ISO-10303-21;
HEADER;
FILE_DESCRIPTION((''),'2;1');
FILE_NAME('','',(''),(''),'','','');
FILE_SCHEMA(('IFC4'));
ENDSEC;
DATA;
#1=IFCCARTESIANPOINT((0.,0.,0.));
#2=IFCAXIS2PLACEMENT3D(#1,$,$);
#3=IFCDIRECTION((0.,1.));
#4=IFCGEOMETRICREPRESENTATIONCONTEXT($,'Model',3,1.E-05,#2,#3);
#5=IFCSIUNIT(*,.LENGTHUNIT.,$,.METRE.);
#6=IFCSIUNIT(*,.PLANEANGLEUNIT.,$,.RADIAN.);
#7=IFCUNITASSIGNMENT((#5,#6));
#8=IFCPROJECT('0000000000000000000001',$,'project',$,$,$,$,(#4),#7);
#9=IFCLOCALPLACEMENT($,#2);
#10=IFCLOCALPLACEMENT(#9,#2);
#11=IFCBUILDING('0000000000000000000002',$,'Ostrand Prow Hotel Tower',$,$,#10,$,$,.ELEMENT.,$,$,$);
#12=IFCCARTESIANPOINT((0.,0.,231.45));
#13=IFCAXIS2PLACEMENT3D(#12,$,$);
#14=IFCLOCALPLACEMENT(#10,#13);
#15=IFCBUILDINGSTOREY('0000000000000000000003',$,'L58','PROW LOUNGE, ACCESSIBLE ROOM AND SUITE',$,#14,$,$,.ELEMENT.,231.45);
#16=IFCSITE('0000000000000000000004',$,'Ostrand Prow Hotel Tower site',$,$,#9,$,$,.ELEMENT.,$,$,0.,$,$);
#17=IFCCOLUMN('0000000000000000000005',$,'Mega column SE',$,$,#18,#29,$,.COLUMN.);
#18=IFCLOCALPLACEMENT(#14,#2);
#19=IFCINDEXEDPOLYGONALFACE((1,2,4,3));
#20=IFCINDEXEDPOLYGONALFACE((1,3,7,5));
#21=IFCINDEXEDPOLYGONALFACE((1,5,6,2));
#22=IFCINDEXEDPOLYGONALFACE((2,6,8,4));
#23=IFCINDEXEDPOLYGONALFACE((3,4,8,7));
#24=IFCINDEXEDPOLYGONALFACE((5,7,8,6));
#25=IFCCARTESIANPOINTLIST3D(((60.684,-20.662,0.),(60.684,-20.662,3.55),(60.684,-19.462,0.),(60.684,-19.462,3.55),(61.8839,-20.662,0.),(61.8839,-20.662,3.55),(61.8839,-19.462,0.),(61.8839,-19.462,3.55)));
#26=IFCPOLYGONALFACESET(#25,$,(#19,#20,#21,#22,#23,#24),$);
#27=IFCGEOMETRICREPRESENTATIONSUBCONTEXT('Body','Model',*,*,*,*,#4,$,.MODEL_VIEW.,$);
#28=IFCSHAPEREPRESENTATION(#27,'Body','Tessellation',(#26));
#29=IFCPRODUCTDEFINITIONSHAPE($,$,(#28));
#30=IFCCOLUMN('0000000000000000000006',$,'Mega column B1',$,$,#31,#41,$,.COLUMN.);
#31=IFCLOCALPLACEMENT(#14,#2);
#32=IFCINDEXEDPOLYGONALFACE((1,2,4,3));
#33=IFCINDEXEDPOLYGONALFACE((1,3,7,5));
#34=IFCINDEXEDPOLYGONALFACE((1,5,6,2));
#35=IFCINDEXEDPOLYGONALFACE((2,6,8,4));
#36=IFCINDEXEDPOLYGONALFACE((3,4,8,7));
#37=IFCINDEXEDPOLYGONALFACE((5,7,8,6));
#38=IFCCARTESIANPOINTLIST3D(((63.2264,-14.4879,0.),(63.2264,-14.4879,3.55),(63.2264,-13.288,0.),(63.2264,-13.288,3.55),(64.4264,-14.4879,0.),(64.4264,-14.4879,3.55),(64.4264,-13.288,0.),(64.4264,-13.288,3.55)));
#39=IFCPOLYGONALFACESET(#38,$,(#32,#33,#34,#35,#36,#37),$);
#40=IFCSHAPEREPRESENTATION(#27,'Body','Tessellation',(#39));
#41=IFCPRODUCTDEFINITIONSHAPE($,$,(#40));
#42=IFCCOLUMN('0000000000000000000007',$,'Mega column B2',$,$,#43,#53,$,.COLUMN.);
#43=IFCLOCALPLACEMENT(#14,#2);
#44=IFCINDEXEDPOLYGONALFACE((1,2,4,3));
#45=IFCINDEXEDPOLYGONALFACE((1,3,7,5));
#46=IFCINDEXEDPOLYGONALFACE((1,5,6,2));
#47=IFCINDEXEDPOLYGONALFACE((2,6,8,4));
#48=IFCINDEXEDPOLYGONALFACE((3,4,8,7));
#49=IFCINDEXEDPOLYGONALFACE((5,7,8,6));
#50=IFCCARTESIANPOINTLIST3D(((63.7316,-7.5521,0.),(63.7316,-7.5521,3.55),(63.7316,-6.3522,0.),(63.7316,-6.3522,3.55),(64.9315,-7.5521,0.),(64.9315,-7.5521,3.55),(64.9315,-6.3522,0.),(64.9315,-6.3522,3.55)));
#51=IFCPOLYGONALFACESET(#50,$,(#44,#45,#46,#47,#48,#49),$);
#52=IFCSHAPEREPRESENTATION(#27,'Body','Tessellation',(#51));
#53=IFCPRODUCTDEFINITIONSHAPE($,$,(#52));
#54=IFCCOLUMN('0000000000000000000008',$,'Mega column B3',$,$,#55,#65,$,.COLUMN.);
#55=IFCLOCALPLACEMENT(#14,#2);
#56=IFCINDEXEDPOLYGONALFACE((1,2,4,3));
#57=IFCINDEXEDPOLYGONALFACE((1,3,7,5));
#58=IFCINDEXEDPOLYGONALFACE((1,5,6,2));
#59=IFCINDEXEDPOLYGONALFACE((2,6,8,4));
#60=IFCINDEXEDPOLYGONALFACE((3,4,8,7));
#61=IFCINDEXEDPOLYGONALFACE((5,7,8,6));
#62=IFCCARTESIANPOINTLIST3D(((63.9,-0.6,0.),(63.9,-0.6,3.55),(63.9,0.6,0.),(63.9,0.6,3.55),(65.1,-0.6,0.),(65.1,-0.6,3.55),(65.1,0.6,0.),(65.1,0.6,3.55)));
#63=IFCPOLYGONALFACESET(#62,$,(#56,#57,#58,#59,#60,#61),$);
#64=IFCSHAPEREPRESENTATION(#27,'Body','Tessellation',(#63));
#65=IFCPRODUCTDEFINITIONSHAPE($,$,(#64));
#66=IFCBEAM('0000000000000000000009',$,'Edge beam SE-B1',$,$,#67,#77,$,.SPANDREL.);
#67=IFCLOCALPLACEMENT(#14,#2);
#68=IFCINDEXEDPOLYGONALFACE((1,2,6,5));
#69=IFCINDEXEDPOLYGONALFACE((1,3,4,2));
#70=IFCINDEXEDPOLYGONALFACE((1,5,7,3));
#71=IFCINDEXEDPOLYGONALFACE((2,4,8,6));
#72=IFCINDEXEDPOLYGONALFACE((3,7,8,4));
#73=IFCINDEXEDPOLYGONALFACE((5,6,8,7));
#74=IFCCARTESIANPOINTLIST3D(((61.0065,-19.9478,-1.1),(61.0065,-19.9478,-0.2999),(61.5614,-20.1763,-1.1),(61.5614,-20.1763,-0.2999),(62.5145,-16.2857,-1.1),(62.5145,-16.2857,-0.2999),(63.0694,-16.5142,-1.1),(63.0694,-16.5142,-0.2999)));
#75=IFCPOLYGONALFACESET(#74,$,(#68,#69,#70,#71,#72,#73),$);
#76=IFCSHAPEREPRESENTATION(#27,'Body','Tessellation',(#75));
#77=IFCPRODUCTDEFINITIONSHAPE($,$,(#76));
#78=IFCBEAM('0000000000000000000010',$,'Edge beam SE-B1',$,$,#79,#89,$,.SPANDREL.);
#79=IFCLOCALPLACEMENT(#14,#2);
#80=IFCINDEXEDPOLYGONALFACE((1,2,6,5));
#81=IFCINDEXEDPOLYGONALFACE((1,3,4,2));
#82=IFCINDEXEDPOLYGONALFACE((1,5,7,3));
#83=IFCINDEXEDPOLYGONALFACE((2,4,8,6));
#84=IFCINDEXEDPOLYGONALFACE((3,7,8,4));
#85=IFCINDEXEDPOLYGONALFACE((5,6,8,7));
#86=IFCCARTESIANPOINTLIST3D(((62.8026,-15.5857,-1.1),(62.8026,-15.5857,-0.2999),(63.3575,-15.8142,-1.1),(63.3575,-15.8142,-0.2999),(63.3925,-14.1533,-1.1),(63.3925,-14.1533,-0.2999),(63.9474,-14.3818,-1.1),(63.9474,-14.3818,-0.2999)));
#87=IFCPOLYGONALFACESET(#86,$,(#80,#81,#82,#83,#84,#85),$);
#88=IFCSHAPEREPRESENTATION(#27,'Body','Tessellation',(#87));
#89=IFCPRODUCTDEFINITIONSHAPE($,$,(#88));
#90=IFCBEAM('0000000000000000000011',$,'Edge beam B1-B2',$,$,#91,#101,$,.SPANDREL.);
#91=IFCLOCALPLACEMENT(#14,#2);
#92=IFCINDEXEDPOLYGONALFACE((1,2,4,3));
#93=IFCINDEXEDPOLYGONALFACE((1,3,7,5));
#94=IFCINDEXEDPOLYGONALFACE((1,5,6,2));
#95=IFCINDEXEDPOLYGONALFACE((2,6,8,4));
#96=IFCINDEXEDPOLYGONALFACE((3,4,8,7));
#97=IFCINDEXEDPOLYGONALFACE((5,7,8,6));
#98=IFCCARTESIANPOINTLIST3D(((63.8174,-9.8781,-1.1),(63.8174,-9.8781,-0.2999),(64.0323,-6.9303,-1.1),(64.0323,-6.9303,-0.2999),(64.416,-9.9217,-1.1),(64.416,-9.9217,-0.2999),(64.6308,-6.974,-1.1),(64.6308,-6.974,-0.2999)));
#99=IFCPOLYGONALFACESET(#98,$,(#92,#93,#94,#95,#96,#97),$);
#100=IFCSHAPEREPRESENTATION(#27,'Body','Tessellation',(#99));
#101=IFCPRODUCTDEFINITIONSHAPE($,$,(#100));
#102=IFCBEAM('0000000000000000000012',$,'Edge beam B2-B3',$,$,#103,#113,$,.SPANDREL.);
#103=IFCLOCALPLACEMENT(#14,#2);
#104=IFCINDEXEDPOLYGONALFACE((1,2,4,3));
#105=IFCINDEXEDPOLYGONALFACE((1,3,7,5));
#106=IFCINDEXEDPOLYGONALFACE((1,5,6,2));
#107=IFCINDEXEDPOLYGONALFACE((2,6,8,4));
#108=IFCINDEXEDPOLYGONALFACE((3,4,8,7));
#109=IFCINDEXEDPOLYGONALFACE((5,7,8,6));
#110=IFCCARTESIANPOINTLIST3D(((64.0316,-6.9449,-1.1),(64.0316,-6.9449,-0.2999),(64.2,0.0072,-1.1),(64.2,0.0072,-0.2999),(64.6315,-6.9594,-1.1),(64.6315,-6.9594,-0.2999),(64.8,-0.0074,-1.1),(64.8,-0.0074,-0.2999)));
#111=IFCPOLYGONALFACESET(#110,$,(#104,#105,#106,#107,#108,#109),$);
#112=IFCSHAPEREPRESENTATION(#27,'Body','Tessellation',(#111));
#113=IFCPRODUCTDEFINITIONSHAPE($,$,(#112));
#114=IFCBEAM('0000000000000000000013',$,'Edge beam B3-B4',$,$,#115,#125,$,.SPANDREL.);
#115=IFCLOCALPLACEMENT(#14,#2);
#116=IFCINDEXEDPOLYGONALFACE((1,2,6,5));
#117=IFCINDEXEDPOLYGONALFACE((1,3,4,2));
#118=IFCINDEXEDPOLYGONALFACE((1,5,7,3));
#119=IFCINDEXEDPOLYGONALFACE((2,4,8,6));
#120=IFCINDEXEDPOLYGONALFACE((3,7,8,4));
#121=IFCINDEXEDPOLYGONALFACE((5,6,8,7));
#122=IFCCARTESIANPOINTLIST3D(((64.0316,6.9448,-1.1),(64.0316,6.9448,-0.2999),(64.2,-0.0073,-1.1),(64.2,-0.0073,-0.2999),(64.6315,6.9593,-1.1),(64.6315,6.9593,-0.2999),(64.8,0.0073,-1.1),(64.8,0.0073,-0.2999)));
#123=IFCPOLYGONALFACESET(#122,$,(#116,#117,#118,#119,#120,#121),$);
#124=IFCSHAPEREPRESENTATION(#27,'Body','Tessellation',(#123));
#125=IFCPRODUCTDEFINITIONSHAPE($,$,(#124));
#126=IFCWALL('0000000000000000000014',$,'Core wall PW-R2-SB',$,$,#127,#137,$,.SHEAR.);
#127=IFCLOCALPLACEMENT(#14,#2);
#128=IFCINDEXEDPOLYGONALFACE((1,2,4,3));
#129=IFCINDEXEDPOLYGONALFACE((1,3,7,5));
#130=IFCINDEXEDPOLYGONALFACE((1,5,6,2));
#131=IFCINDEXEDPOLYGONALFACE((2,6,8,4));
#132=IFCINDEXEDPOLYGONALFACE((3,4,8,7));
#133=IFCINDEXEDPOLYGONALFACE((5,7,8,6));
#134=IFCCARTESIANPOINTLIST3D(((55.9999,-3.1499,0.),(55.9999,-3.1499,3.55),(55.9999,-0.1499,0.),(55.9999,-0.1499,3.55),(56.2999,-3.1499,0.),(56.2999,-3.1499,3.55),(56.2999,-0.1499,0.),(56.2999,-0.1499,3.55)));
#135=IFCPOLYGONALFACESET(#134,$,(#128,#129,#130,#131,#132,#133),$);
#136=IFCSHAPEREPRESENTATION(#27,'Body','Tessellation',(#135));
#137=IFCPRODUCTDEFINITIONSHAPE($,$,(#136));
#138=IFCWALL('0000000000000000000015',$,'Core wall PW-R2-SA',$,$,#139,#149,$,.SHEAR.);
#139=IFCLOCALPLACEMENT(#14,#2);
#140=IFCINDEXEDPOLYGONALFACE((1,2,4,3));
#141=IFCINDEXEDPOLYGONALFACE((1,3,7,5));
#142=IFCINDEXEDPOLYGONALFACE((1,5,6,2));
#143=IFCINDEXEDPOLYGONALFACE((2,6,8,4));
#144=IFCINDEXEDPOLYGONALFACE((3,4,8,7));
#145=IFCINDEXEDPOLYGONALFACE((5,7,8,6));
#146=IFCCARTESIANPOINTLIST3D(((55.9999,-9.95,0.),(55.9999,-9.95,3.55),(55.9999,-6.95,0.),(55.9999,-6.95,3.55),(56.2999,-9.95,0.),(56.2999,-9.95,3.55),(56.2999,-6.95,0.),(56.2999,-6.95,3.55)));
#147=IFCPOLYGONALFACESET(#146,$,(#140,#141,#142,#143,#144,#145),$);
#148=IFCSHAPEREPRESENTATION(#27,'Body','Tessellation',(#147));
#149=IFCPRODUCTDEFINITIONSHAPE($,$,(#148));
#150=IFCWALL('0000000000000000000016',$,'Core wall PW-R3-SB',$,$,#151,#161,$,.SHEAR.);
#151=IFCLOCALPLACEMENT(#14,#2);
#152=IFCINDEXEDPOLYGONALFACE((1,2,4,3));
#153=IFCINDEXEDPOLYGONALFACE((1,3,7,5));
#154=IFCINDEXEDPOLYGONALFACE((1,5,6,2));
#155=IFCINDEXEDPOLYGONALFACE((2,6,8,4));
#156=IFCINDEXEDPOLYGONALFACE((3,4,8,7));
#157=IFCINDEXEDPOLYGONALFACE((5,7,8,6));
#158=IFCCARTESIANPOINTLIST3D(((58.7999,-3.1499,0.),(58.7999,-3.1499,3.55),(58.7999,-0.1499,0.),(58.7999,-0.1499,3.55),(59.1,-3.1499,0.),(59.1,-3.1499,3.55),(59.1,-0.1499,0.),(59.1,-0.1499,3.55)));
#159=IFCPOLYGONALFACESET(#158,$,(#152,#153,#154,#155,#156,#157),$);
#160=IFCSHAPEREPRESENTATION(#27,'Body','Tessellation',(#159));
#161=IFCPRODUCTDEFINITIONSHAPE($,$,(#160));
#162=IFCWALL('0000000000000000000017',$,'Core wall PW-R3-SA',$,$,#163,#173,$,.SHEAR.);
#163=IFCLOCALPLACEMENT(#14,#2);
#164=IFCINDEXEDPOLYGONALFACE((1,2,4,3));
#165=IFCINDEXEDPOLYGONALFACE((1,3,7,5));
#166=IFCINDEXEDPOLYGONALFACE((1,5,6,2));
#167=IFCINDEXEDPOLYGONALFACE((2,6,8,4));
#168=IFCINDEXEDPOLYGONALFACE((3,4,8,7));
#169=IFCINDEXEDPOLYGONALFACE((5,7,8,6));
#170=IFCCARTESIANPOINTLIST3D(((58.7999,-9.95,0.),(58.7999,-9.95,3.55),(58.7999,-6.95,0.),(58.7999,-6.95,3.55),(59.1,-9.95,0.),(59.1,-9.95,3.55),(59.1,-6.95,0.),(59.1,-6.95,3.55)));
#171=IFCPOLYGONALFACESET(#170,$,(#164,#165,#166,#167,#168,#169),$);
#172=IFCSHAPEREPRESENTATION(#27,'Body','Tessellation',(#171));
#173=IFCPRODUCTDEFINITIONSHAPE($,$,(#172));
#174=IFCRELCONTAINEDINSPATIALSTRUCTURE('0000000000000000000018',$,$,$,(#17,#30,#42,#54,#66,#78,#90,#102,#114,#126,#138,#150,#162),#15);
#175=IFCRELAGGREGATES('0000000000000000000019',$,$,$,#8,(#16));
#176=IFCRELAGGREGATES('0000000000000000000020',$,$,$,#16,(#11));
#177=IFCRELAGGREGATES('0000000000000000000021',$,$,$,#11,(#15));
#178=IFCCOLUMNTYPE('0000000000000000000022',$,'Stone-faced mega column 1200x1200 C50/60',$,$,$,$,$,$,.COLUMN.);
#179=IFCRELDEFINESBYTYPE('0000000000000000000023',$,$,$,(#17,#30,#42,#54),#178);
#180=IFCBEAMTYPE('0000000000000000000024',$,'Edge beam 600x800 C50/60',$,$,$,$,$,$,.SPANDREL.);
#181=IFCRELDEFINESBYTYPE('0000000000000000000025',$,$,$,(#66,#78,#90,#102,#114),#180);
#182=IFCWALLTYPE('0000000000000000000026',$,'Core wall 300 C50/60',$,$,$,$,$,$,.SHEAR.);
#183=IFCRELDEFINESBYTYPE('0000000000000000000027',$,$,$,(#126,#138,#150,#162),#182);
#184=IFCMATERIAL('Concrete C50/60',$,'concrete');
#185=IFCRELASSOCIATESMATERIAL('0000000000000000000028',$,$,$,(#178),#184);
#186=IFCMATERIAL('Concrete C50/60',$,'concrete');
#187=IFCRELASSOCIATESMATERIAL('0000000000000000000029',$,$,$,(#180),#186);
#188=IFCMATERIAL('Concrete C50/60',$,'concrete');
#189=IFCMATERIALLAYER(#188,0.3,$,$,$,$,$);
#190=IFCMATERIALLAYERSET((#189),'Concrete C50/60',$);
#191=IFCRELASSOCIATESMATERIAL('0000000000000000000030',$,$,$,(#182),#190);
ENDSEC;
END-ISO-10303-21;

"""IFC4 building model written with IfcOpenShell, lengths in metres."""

from ifc_helpers import new_model, si_unit, direction, frame, frame_2d, origin, origin_2d, place, context, subcontext, project, spatial, rectangle, extrude, material, layer, layer_set, material_profile, profile_set, type_object, element, save


model = new_model("IFC4")

# Units and contexts
model_context = context("Model", 3, precision=1e-05, world=origin(), true_north=direction((0.0, 1.0)))
body_context = subcontext(model_context, "Body", "Model", "MODEL_VIEW")
ifc_project = project(units=[si_unit("LENGTHUNIT", "METRE"), si_unit("PLANEANGLEUNIT", "RADIAN")], contexts=[model_context])

# Site, building, storey
site_placement = place(None, origin())
site = spatial("IfcSite", under=ifc_project, at=site_placement, Name="Ostrand Prow Hotel Tower site", CompositionType="ELEMENT", RefElevation=0.0)
building_placement = place(site_placement, origin())
building = spatial("IfcBuilding", under=site, at=building_placement, Name="Ostrand Prow Hotel Tower", CompositionType="ELEMENT")
storey_placement = place(building_placement, frame((0.0, 0.0, 231.45)))
storey = spatial("IfcBuildingStorey", under=building, at=storey_placement, Name="L58", Description="PROW LOUNGE, ACCESSIBLE ROOM AND SUITE", CompositionType="ELEMENT", Elevation=231.45)

# Columns
ifc_material_1 = material(Name="Concrete C50/60", Category="concrete")
ifc_material_profile_1 = material_profile(ifc_material_1, rectangle(XDim=1.2, YDim=1.2, at=origin_2d()), Name="RC 1200x1200")
ifc_profile_set_1 = profile_set([ifc_material_profile_1], Name="Concrete C50/60")
column_type = type_object("IfcColumnType", Name="Stone-faced mega column 1200x1200 C50/60", PredefinedType="COLUMN", material=ifc_profile_set_1)
for number, where, z_axis, x_axis, name in (
    (1, (61.2839, -20.062, 0.0), (0.0, 0.0, 1.0), (1.0, 0.0, 0.0), "Mega column SE"),
    (2, (63.8264, -13.8879, 0.0), (0.0, 0.0, 1.0), (1.0, 0.0, 0.0), "Mega column B1"),
    (3, (64.3315, -6.9521, 0.0), (0.0, 0.0, 1.0), (1.0, 0.0, 0.0), "Mega column B2"),
    (4, (64.5, 0.0, 0.0), (0.0, 0.0, 1.0), (1.0, 0.0, 0.0), "Mega column B3"),
):
    element("IfcColumn", number, at=place(storey_placement, frame(where, z_axis=z_axis, x_axis=x_axis)), inside=storey, type_object=column_type, Name=name, PredefinedType="COLUMN", context=body_context, shape_type="SweptSolid", body=[
        extrude(rectangle(XDim=1.2, YDim=1.2, at=origin_2d()), origin(), (0.0, 0.0, 1.0), 3.55),
    ])

# Beams
ifc_material_2 = material(Name="Concrete C50/60", Category="concrete")
ifc_material_profile_2 = material_profile(ifc_material_2, rectangle(XDim=0.6001, YDim=0.8, at=origin_2d()), Name="RC 600x800")
ifc_profile_set_2 = profile_set([ifc_material_profile_2], Name="Concrete C50/60")
beam_type = type_object("IfcBeamType", Name="Edge beam 600x800 C50/60", PredefinedType="SPANDREL", material=ifc_profile_set_2)
beam_1_placement = place(storey_placement, frame((61.2839, -20.062, -0.7), z_axis=(0.380778, 0.924667, 0.0), x_axis=(-0.924667, 0.380778, 0.0)))
element("IfcBeam", 5, at=beam_1_placement, inside=storey, type_object=beam_type, Name="Edge beam SE-B1", PredefinedType="SPANDREL", context=body_context, shape_type="SweptSolid", body=[
    extrude(rectangle(XDim=0.6001, YDim=0.8, at=origin_2d()), origin(), (0.0, 0.0, 1.0), 3.9604),
])
beam_2_placement = place(storey_placement, frame((63.0801, -15.7, -0.7), z_axis=(0.380774, 0.924668, 0.0), x_axis=(-0.924668, 0.380774, 0.0)))
element("IfcBeam", 6, at=beam_2_placement, inside=storey, type_object=beam_type, Name="Edge beam SE-B1", PredefinedType="SPANDREL", context=body_context, shape_type="SweptSolid", body=[
    extrude(rectangle(XDim=0.6001, YDim=0.8, at=origin_2d()), origin(), (0.0, 0.0, 1.0), 1.5491),
])
beam_3_placement = place(storey_placement, frame((64.1167, -9.8999, -0.7), z_axis=(0.072691, 0.997355, 0.0), x_axis=(-0.997355, 0.072691, 0.0)))
element("IfcBeam", 7, at=beam_3_placement, inside=storey, type_object=beam_type, Name="Edge beam B1-B2", PredefinedType="SPANDREL", context=body_context, shape_type="SweptSolid", body=[
    extrude(rectangle(XDim=0.6001, YDim=0.8, at=origin_2d()), origin(), (0.0, 0.0, 1.0), 2.9556),
])
for number, where, z_axis, x_axis, name in (
    (8, (64.3315, -6.9521, -0.7), (0.024224, 0.999707, 0.0), (-0.999707, 0.024224, 0.0), "Edge beam B2-B3"),
    (9, (64.5, 0.0, -0.7), (-0.024224, 0.999707, 0.0), (-0.999707, -0.024224, 0.0), "Edge beam B3-B4"),
):
    element("IfcBeam", number, at=place(storey_placement, frame(where, z_axis=z_axis, x_axis=x_axis)), inside=storey, type_object=beam_type, Name=name, PredefinedType="SPANDREL", context=body_context, shape_type="SweptSolid", body=[
        extrude(rectangle(XDim=0.6001, YDim=0.8, at=origin_2d()), origin(), (0.0, 0.0, 1.0), 6.9541),
    ])

# Walls
ifc_material_3 = material(Name="Concrete C50/60", Category="concrete")
ifc_layer_1 = layer(ifc_material_3, 0.3)
ifc_layer_set_1 = layer_set([ifc_layer_1], Name="Concrete C50/60")
wall_type_1 = type_object("IfcWallType", Name="Core wall 300 C50/60", PredefinedType="SHEAR", material=ifc_layer_set_1)
for number, where, z_axis, x_axis, name in (
    (10, (56.1499, -3.1499, 0.0), (0.0, 0.0, 1.0), (0.0, 1.0, 0.0), "Core wall PW-R2-SB"),
    (11, (56.1499, -9.95, 0.0), (0.0, 0.0, 1.0), (0.0, 1.0, 0.0), "Core wall PW-R2-SA"),
    (12, (58.95, -3.1499, 0.0), (0.0, 0.0, 1.0), (0.0, 1.0, 0.0), "Core wall PW-R3-SB"),
    (13, (58.95, -9.95, 0.0), (0.0, 0.0, 1.0), (0.0, 1.0, 0.0), "Core wall PW-R3-SA"),
):
    element("IfcWall", number, at=place(storey_placement, frame(where, z_axis=z_axis, x_axis=x_axis)), inside=storey, type_object=wall_type_1, Name=name, PredefinedType="SHEAR", context=body_context, shape_type="SweptSolid", body=[
        extrude(rectangle(XDim=3.0, YDim=0.3, at=frame_2d((1.5, 0.0))), origin(), (0.0, 0.0, 1.0), 3.55),
    ])

save(model, "model.ifc")
